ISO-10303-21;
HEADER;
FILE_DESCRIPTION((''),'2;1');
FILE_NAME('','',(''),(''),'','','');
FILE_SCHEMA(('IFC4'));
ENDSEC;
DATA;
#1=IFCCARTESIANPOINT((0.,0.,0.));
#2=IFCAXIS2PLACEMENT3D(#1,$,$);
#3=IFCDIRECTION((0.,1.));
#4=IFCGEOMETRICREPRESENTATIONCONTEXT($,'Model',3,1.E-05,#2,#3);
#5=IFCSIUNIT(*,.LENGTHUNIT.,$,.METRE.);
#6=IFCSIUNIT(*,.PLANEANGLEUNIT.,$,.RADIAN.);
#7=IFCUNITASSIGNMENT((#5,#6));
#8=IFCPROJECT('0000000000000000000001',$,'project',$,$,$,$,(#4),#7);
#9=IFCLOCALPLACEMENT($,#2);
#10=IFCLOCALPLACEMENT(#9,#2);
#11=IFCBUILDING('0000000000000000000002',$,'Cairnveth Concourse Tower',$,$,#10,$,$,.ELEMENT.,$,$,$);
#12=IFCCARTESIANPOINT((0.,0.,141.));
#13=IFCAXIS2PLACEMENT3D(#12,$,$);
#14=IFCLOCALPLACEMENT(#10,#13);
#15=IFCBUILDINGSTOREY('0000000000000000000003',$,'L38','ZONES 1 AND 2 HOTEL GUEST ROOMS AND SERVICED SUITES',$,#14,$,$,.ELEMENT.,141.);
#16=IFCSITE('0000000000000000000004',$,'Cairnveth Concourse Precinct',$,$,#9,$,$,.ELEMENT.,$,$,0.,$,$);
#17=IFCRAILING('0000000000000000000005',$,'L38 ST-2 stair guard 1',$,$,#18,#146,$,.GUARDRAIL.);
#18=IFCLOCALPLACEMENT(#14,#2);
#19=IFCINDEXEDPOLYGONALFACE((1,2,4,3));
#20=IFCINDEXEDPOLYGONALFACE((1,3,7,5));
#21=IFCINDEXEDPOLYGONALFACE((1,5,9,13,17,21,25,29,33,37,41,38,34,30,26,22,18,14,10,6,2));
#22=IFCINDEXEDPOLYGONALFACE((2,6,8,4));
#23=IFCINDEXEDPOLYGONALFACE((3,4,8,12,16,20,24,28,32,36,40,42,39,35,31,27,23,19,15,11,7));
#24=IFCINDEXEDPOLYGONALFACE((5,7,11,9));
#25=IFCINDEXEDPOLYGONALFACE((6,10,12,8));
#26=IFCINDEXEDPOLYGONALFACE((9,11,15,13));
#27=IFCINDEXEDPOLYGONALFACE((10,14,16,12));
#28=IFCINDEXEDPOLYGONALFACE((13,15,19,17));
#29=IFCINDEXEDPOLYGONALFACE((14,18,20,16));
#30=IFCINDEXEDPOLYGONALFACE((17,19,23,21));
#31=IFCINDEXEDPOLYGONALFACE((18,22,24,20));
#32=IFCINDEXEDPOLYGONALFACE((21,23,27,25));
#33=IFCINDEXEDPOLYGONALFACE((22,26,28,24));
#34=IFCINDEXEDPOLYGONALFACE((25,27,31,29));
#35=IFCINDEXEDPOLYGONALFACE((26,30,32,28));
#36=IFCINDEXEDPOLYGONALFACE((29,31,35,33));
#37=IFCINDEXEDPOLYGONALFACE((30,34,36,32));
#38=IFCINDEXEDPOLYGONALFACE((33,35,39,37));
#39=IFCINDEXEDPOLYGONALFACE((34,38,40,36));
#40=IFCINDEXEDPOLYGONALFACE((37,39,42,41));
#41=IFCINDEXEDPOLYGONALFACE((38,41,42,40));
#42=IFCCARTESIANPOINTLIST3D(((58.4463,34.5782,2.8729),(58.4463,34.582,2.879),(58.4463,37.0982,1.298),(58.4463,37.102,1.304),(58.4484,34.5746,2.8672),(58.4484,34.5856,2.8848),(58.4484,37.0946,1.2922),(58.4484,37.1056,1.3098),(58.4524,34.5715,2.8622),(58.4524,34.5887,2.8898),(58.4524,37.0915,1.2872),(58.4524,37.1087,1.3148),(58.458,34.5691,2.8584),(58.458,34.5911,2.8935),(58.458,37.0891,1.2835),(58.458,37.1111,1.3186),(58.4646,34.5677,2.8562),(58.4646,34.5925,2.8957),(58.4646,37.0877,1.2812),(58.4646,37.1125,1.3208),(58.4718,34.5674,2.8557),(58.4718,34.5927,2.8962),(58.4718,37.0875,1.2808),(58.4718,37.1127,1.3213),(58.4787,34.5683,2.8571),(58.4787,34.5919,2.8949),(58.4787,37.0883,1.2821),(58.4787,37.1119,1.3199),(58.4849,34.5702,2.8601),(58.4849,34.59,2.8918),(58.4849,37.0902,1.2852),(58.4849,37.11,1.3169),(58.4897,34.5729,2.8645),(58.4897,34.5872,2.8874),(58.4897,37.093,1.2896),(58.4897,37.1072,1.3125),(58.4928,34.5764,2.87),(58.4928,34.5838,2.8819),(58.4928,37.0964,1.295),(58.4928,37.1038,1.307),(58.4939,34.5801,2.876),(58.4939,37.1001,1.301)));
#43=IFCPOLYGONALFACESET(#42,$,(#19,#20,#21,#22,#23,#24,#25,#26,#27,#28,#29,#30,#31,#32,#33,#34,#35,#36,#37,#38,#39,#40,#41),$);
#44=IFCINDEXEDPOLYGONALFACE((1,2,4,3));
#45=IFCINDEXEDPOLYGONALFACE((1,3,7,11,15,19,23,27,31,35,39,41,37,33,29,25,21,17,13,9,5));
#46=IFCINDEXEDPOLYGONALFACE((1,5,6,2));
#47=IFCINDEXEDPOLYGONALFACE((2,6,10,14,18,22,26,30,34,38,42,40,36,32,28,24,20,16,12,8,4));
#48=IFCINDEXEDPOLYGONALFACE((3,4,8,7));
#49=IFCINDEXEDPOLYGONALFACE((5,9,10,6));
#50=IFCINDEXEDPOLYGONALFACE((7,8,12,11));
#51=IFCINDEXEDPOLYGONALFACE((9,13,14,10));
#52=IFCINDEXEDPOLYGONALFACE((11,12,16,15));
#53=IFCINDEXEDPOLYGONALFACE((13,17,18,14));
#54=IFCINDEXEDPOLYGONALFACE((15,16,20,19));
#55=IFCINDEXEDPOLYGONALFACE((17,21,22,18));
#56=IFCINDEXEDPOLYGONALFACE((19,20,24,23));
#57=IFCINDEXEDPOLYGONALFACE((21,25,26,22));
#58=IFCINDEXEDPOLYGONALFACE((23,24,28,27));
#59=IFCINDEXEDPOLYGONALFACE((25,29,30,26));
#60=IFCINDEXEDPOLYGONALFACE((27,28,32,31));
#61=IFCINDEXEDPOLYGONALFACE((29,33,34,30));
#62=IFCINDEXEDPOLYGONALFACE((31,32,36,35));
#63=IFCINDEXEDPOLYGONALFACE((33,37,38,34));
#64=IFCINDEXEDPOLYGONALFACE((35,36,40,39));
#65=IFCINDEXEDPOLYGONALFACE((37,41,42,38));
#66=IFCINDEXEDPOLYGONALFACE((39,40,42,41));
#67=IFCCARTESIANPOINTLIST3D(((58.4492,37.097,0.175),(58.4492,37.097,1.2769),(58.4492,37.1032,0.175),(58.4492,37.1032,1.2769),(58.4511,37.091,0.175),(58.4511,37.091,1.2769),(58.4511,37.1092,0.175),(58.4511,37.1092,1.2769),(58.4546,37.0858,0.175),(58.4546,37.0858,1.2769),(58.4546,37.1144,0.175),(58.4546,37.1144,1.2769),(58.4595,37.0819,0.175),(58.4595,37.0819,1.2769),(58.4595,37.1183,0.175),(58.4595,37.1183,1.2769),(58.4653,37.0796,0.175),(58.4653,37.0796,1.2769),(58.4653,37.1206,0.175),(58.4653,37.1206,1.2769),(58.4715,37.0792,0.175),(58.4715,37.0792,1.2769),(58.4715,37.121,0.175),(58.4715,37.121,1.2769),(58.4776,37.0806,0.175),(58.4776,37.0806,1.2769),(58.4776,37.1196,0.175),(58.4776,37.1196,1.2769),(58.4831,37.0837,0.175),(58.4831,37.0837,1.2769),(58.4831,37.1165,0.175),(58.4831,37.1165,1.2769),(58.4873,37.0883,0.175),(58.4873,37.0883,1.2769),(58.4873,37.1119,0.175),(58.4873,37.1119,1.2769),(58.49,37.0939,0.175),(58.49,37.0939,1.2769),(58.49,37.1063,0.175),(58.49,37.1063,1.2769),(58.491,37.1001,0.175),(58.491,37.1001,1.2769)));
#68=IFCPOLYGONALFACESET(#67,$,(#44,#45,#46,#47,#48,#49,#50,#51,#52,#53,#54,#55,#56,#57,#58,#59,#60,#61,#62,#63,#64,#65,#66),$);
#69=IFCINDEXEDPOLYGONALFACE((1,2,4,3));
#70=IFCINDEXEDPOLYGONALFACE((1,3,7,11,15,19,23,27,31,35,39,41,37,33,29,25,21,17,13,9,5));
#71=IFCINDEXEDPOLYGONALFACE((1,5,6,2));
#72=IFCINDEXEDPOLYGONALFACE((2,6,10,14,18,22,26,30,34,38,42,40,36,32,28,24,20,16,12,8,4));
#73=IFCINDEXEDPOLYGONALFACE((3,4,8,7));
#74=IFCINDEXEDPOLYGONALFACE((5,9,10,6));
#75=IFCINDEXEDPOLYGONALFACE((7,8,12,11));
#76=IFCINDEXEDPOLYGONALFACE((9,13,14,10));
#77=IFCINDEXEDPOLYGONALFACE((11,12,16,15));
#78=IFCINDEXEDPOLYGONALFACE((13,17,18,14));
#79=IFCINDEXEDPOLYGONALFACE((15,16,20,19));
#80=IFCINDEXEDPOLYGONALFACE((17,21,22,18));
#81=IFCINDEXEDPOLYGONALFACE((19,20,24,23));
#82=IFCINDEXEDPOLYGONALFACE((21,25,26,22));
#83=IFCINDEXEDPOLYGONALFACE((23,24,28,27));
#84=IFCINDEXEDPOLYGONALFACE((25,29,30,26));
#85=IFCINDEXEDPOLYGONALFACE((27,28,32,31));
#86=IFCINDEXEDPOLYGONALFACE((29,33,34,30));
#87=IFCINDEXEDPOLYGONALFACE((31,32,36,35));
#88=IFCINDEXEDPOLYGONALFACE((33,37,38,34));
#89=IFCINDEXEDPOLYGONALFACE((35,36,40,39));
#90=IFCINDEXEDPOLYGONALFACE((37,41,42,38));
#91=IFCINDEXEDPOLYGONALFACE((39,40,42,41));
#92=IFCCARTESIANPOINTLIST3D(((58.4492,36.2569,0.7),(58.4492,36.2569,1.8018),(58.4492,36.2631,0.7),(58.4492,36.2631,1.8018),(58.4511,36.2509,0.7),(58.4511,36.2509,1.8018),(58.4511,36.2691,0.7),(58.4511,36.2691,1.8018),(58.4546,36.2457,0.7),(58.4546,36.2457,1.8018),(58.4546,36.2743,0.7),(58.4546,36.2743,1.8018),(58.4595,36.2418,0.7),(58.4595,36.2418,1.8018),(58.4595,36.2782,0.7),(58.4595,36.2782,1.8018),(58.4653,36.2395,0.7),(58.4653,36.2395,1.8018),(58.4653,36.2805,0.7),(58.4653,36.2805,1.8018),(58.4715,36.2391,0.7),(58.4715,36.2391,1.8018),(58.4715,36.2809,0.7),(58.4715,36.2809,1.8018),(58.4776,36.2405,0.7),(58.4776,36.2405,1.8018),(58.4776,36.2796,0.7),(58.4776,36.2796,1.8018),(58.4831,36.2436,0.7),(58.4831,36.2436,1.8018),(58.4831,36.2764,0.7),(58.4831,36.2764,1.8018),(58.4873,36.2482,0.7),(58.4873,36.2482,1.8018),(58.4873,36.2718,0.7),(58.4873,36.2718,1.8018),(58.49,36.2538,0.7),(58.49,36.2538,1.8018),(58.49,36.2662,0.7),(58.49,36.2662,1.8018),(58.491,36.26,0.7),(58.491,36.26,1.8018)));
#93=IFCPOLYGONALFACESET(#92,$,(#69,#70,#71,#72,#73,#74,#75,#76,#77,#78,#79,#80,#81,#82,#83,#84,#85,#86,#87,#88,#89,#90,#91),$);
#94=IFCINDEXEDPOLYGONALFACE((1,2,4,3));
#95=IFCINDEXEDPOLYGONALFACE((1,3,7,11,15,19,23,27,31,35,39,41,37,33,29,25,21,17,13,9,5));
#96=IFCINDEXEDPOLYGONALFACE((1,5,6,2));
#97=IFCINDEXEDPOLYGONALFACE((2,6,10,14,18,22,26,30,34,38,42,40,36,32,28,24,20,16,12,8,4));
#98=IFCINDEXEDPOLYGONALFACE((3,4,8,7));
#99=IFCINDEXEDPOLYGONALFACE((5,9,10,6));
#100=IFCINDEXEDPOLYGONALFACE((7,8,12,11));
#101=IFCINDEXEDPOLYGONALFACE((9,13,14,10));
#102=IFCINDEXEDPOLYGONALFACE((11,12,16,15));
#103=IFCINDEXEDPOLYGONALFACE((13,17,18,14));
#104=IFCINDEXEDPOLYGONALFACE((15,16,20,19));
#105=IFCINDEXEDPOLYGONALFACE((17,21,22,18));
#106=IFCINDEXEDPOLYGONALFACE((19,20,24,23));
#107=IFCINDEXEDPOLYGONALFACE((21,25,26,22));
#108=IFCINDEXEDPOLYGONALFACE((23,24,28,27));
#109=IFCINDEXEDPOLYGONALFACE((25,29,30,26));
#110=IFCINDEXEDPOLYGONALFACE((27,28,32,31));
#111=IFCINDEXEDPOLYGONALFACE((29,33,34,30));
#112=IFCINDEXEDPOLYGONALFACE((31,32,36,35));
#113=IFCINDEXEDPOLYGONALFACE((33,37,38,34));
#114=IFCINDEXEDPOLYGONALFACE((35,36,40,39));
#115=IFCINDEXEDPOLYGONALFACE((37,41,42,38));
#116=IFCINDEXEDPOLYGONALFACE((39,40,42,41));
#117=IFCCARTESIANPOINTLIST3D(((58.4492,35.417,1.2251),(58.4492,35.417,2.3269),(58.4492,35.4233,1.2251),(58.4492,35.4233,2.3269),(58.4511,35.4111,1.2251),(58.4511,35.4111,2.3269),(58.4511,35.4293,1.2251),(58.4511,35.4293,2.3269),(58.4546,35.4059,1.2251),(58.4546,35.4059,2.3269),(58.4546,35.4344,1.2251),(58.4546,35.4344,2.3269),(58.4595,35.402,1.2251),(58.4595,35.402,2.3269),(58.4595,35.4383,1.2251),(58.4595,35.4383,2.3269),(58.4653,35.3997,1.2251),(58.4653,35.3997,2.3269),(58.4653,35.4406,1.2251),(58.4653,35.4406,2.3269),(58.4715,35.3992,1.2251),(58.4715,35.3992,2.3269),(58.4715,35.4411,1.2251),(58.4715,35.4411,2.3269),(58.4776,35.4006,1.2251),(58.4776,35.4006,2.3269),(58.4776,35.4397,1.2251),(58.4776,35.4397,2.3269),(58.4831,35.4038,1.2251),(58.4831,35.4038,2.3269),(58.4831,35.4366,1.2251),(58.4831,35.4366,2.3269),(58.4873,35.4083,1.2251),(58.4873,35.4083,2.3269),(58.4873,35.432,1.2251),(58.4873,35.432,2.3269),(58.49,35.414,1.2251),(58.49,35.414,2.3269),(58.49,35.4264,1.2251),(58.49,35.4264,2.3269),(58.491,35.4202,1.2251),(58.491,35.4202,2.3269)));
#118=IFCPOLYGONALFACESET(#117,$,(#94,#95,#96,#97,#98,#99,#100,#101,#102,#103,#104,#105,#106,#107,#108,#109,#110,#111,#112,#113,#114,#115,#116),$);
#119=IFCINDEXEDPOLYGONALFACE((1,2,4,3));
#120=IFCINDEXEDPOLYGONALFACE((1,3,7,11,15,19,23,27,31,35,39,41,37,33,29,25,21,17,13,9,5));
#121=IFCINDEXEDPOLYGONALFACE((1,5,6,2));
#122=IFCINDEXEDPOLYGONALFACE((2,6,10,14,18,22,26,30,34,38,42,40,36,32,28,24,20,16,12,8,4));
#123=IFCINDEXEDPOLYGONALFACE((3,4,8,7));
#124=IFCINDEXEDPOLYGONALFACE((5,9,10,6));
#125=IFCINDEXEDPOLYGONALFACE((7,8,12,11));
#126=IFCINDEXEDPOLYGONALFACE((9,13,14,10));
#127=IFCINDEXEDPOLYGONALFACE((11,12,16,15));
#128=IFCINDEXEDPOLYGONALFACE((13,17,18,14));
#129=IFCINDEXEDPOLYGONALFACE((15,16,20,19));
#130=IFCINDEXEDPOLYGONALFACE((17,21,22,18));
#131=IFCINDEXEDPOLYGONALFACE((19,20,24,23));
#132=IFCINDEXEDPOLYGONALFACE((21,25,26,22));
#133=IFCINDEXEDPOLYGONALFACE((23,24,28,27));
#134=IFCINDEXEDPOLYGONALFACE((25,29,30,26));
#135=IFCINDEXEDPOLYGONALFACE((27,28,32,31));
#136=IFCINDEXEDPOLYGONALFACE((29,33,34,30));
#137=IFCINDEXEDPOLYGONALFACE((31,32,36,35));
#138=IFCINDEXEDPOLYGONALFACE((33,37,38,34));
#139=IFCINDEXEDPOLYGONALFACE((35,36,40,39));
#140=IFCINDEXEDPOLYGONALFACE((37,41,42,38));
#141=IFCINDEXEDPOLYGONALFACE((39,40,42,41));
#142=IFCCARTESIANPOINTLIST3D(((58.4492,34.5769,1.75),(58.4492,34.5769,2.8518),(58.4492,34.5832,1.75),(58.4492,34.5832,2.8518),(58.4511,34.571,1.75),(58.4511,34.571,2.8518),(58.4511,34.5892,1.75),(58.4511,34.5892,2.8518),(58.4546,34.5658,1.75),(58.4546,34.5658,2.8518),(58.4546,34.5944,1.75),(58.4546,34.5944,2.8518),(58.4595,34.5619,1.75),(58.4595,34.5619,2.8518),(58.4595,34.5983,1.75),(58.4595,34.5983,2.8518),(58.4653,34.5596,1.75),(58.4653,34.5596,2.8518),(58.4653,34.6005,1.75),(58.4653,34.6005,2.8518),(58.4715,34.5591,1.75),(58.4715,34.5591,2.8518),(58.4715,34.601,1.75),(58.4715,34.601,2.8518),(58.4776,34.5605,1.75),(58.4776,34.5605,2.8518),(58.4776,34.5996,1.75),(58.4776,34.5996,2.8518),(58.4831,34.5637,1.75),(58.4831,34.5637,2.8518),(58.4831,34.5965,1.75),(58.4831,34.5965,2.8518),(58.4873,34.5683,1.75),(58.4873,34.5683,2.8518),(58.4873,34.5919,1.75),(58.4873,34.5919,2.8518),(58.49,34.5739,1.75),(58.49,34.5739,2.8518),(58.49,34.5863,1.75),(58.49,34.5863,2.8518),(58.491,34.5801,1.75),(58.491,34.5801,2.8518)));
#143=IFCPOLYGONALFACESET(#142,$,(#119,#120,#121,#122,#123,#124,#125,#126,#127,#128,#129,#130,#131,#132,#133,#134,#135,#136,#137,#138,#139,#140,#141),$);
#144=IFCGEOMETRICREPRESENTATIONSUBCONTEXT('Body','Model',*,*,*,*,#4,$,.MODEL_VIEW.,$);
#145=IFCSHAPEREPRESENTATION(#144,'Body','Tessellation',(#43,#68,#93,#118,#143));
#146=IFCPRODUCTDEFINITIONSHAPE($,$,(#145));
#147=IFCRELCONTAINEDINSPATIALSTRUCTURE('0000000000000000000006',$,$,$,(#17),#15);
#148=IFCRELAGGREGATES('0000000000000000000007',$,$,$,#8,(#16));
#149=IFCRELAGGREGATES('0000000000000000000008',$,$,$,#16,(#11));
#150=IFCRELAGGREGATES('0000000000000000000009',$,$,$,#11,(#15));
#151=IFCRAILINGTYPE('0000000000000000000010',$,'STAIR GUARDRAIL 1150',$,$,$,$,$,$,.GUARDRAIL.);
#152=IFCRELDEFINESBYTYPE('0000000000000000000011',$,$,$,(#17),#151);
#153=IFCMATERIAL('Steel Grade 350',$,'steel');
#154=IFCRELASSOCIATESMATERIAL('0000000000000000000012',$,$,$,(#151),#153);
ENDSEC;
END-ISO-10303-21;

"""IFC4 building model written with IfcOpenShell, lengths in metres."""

from ifc_helpers import new_model, si_unit, direction, frame, origin, origin_2d, place, context, subcontext, project, spatial, circle, extrude, material, type_object, element, save


model = new_model("IFC4")

# Units and contexts
model_context = context("Model", 3, precision=1e-05, world=origin(), true_north=direction((0.0, 1.0)))
body_context = subcontext(model_context, "Body", "Model", "MODEL_VIEW")
ifc_project = project(units=[si_unit("LENGTHUNIT", "METRE"), si_unit("PLANEANGLEUNIT", "RADIAN")], contexts=[model_context])

# Site, building, storey
site_placement = place(None, origin())
site = spatial("IfcSite", under=ifc_project, at=site_placement, Name="Cairnveth Concourse Precinct", CompositionType="ELEMENT", RefElevation=0.0)
building_placement = place(site_placement, origin())
building = spatial("IfcBuilding", under=site, at=building_placement, Name="Cairnveth Concourse Tower", CompositionType="ELEMENT")
storey_placement = place(building_placement, frame((0.0, 0.0, 141.0)))
storey = spatial("IfcBuildingStorey", under=building, at=storey_placement, Name="L38", Description="ZONES 1 AND 2 HOTEL GUEST ROOMS AND SERVICED SUITES", CompositionType="ELEMENT", Elevation=141.0)

# Shared definitions
ifc_material_1 = material(Name="Steel Grade 350", Category="steel")

# Railing
railing_type_1 = type_object("IfcRailingType", Name="STAIR GUARDRAIL 1150", PredefinedType="GUARDRAIL", material=ifc_material_1)
railing_1_placement = place(storey_placement, frame((58.47, 37.1001, 0.175)))
element("IfcRailing", 1, at=railing_1_placement, inside=storey, type_object=railing_type_1, Name="L38 ST-2 stair guard 1", PredefinedType="GUARDRAIL", context=body_context, shape_type="SweptSolid", body=[
    extrude(circle(Radius=0.0239, at=origin_2d()), frame((0.0, 0.0, 1.126), z_axis=(0.0, -0.848008, 0.529984), x_axis=(1.0, 0.0, 0.0)), (0.0, 0.0, 1.0), 2.9717),
    extrude(circle(Radius=0.021, at=origin_2d()), origin(), (0.0, 0.0, 1.0), 1.1018),
    extrude(circle(Radius=0.021, at=origin_2d()), frame((0.0, -0.8401, 0.5249)), (0.0, 0.0, 1.0), 1.1018),
    extrude(circle(Radius=0.021, at=origin_2d()), frame((0.0, -1.6799, 1.05)), (0.0, 0.0, 1.0), 1.1018),
    extrude(circle(Radius=0.021, at=origin_2d()), frame((0.0, -2.52, 1.575)), (0.0, 0.0, 1.0), 1.1018),
])

save(model, "model.ifc")
